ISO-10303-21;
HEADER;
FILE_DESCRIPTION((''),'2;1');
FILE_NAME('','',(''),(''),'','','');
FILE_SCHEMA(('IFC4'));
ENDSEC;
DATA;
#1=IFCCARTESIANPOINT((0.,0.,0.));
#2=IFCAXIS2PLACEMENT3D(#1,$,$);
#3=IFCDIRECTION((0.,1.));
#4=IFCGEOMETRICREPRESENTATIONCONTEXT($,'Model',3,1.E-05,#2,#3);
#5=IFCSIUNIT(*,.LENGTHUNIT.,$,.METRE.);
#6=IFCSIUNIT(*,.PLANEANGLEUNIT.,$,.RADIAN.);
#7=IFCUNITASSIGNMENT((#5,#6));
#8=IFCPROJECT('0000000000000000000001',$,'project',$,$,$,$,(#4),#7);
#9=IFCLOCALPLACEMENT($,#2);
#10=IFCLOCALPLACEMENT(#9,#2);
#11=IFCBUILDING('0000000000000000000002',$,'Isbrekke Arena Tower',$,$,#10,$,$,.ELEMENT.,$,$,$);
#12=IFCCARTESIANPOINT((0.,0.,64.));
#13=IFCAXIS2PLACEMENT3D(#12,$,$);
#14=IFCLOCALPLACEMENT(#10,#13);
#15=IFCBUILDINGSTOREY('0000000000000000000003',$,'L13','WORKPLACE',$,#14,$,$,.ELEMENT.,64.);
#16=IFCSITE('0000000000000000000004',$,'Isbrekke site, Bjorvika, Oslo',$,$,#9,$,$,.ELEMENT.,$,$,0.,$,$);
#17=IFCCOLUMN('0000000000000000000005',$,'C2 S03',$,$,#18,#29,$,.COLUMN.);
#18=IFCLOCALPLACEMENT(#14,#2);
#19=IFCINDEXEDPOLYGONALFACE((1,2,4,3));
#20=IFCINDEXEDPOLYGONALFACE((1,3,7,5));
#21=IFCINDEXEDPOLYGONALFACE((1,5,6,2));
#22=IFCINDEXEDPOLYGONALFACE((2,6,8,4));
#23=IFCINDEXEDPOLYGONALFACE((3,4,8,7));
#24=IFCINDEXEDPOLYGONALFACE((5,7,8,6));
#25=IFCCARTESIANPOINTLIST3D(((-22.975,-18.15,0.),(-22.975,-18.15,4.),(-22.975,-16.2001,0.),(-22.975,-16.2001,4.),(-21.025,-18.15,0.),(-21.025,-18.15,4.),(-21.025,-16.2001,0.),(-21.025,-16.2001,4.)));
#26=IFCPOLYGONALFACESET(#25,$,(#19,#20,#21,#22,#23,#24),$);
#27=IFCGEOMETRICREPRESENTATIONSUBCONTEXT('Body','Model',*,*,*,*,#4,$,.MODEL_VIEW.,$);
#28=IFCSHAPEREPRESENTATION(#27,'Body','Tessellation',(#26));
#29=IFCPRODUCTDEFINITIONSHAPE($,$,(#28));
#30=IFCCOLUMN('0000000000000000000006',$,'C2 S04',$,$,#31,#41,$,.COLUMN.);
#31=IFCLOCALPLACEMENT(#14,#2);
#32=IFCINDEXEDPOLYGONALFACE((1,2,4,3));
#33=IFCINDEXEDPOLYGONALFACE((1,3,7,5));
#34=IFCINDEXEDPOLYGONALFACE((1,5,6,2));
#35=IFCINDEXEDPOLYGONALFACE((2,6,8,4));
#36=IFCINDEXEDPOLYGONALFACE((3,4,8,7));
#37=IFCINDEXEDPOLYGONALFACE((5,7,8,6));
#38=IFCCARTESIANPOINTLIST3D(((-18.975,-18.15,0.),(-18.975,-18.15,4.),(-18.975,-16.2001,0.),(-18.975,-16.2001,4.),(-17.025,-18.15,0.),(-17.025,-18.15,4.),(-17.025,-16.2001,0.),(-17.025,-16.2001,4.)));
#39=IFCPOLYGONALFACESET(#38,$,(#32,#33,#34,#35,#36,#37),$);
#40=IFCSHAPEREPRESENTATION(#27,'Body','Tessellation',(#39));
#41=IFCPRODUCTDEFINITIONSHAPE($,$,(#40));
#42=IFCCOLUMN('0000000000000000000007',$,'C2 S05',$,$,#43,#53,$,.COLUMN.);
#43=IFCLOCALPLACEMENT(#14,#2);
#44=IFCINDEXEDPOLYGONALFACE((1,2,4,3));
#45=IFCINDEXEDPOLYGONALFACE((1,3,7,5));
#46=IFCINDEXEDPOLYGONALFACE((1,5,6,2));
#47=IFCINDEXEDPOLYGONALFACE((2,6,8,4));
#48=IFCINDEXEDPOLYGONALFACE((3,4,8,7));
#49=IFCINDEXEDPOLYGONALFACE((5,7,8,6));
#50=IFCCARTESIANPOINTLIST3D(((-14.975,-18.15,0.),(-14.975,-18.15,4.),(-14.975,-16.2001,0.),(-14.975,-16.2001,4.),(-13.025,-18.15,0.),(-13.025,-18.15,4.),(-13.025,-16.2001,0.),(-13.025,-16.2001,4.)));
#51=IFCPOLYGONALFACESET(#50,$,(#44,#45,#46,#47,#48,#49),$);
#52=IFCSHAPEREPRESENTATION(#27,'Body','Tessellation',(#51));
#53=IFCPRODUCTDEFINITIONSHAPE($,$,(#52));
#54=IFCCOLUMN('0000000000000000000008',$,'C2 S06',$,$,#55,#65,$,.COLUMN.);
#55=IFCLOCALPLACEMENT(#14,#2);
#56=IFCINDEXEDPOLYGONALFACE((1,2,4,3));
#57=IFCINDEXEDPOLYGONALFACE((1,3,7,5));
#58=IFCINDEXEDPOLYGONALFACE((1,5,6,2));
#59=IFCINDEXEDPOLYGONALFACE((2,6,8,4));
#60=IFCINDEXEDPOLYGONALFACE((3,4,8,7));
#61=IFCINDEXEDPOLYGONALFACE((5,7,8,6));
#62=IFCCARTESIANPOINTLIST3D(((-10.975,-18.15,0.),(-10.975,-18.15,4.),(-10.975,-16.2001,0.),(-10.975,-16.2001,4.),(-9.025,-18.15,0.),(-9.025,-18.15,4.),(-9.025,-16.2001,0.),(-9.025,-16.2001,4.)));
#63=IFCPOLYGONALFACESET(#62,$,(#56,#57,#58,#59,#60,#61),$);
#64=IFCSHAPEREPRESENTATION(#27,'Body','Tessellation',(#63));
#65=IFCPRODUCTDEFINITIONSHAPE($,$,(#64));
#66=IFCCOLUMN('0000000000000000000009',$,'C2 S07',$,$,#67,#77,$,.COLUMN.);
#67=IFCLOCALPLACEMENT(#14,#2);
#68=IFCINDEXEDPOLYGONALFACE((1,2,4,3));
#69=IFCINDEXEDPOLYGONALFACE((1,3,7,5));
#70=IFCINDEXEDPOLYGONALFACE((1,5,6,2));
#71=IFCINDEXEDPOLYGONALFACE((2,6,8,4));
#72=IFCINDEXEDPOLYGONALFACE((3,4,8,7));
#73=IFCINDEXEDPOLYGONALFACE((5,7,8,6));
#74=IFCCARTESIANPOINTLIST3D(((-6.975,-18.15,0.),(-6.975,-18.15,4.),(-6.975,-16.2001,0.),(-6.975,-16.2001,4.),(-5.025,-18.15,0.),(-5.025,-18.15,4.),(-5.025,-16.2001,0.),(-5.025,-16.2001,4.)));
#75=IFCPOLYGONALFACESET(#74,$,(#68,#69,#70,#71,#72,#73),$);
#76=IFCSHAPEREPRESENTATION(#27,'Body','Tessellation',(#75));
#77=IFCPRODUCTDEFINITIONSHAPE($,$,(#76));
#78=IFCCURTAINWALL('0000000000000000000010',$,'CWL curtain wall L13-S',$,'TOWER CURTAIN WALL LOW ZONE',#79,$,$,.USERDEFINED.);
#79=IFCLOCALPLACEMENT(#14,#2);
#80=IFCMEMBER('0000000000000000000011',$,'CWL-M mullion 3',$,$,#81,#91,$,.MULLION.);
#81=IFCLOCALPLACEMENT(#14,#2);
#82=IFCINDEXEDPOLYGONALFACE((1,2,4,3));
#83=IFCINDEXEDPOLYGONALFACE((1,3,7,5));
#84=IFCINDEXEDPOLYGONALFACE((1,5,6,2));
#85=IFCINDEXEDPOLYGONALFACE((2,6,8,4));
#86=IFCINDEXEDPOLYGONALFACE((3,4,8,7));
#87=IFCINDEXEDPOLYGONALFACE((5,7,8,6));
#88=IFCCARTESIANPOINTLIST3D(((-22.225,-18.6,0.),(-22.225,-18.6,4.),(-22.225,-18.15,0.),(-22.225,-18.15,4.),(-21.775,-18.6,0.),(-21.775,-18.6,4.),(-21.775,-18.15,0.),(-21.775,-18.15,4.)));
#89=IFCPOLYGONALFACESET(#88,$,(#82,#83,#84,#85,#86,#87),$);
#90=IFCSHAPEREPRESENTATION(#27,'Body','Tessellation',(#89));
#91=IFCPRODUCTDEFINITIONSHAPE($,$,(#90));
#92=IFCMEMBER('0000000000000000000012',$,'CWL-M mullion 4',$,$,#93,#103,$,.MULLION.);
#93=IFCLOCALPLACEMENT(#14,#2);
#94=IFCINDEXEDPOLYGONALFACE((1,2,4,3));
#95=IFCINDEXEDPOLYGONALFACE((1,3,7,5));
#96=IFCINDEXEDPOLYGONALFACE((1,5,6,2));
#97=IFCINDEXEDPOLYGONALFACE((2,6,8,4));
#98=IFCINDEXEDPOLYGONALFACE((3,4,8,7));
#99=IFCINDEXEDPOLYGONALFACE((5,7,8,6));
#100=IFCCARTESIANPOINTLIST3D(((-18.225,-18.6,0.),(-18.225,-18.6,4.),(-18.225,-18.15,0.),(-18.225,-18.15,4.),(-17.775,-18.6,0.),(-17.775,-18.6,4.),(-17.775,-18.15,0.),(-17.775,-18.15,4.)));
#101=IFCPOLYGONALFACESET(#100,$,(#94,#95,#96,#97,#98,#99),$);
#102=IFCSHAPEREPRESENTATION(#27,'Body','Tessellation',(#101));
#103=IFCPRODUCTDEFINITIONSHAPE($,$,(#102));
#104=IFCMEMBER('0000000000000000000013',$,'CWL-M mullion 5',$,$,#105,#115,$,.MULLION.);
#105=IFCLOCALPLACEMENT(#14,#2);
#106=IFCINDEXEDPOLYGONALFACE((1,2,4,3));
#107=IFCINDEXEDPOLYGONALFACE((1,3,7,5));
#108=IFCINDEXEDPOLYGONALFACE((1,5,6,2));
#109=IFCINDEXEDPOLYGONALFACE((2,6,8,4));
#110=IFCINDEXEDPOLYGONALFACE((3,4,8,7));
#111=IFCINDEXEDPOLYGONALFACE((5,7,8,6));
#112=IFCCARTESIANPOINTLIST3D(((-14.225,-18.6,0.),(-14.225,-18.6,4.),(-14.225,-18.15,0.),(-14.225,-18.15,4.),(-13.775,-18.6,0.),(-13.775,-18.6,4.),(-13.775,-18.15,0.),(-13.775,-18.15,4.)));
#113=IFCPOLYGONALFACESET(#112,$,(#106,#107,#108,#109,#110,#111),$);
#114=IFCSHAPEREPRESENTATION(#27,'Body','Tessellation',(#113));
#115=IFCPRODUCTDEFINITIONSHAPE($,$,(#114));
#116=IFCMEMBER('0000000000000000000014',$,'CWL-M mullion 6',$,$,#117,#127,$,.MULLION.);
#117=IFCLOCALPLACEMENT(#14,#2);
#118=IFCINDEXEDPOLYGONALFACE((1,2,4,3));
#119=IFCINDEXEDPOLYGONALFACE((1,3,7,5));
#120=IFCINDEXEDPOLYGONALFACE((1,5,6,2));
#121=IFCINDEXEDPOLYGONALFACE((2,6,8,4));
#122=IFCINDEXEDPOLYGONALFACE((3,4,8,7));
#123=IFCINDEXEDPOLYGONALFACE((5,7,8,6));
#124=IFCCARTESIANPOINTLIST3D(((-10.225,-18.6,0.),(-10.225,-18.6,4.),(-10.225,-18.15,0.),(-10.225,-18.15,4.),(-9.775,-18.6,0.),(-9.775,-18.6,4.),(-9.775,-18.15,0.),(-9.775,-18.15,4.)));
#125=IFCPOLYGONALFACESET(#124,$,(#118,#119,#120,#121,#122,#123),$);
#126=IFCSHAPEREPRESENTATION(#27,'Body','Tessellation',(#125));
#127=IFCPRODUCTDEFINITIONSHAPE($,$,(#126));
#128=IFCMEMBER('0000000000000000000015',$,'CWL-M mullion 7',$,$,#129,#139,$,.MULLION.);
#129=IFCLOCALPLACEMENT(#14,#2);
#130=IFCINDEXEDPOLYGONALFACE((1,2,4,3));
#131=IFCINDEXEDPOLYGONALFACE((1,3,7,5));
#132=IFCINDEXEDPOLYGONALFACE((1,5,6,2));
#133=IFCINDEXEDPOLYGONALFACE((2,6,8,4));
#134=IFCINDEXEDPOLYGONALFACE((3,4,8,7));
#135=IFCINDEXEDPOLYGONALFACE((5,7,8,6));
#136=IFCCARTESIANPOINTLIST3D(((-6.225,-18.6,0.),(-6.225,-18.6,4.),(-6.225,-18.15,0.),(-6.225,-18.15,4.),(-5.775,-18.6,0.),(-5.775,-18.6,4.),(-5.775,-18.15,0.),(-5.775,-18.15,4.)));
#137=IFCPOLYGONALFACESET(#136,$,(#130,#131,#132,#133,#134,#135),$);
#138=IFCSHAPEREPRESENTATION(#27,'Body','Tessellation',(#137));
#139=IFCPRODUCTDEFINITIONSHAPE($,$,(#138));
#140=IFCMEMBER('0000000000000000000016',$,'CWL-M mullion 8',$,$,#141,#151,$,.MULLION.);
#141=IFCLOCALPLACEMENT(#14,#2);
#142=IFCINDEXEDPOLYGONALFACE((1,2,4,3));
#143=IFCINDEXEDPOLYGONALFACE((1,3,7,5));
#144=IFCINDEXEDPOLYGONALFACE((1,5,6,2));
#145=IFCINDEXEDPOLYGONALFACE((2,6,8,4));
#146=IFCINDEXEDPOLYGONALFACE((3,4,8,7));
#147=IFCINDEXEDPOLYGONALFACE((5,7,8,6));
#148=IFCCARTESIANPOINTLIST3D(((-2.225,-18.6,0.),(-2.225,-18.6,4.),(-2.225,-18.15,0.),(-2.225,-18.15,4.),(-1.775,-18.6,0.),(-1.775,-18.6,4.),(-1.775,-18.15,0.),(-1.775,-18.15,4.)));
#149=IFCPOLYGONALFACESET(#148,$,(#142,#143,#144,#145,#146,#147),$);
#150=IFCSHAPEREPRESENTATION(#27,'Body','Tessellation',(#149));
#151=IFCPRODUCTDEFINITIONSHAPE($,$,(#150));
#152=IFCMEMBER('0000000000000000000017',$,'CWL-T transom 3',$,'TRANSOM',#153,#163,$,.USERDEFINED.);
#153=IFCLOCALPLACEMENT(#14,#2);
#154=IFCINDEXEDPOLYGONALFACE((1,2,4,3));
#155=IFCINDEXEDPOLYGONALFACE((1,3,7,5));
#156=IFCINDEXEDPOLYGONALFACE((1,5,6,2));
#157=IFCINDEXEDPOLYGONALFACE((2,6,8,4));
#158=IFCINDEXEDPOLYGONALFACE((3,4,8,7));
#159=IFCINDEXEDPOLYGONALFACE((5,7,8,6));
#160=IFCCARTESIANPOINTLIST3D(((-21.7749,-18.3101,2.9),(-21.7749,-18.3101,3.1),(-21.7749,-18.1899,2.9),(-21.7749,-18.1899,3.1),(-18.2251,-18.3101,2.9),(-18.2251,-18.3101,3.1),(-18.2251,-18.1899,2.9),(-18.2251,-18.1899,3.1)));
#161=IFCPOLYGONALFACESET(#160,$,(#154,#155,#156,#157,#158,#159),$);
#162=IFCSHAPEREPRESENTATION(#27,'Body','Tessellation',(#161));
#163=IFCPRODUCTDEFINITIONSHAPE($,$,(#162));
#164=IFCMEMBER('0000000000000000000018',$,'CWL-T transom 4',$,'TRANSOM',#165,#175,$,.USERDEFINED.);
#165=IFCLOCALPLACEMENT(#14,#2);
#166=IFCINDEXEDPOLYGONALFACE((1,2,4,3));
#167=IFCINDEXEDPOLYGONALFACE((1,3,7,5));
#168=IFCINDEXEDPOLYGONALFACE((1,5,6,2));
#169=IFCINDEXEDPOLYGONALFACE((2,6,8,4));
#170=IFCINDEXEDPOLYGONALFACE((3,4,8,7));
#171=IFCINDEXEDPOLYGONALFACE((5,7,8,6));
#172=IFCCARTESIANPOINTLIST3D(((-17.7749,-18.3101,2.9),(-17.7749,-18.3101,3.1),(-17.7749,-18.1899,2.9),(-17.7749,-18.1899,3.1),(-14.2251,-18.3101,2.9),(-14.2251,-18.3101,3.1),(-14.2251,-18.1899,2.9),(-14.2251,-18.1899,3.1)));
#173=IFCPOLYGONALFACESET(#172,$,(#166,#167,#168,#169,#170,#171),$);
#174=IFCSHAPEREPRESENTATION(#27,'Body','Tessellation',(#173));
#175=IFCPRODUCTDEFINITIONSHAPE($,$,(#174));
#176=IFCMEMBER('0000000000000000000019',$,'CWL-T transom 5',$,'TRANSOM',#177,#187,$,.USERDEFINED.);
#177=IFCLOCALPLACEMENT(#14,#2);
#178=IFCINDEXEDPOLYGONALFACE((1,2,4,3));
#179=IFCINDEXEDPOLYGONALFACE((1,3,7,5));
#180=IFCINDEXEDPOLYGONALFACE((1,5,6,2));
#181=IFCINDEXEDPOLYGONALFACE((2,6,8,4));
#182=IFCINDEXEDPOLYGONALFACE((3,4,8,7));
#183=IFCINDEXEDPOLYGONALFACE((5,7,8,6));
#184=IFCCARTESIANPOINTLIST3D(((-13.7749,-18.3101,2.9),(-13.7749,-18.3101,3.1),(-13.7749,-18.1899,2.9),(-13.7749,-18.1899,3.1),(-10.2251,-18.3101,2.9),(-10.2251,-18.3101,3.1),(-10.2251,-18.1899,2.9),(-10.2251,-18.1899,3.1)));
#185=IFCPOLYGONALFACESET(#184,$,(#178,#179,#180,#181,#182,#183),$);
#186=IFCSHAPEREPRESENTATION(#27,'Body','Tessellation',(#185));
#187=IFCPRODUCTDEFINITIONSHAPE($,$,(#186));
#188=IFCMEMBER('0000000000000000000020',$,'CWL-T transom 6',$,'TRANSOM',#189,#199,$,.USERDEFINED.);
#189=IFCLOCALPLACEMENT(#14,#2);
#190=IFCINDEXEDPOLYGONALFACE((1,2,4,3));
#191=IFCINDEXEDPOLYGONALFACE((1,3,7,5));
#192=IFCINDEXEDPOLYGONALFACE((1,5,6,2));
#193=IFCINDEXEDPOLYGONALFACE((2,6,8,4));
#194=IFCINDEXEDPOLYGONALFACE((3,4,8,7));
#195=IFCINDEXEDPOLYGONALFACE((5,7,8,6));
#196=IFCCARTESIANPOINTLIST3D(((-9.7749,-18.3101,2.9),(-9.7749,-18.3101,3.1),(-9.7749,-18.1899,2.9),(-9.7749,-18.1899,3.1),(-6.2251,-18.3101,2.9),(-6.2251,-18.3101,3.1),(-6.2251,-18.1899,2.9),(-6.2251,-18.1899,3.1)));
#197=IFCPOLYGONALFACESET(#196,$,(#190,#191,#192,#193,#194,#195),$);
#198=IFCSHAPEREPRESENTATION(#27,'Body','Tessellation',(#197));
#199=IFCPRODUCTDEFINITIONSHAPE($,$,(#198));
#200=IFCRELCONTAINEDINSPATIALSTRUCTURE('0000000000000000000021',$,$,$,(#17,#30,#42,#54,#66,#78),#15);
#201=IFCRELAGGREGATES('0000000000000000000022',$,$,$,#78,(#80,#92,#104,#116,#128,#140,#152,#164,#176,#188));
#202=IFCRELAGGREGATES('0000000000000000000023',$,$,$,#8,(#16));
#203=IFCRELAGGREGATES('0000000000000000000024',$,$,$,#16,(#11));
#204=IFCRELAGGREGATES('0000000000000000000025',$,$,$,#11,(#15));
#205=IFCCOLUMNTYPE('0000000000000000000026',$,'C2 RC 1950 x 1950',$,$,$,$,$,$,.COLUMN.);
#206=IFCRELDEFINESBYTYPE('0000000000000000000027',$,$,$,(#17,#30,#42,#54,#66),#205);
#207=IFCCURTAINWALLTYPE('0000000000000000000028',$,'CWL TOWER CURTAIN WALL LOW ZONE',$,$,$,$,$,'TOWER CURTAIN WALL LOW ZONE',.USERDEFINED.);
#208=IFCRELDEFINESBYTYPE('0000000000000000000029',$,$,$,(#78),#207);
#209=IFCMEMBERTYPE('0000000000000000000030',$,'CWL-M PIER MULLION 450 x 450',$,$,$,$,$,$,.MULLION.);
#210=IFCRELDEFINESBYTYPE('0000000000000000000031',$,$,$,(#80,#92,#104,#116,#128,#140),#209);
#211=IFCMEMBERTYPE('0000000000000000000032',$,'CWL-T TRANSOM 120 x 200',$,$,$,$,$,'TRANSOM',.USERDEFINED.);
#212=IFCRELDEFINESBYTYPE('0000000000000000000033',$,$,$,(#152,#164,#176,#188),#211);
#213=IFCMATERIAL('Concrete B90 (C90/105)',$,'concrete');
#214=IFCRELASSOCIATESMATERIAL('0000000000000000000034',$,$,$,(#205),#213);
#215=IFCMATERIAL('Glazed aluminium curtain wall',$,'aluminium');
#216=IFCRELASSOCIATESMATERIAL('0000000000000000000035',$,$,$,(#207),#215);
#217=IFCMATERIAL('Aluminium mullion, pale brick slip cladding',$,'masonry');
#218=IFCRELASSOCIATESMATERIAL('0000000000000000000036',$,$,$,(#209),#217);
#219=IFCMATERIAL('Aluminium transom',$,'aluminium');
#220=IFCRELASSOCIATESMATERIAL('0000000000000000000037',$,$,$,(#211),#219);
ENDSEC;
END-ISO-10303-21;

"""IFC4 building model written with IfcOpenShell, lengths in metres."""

from ifc_helpers import new_model, si_unit, direction, frame, origin, origin_2d, place, context, subcontext, project, spatial, rectangle, extrude, material, material_profile, profile_set, type_object, element, aggregate, save


model = new_model("IFC4")

# Units and contexts
model_context = context("Model", 3, precision=1e-05, world=origin(), true_north=direction((0.0, 1.0)))
body_context = subcontext(model_context, "Body", "Model", "MODEL_VIEW")
ifc_project = project(units=[si_unit("LENGTHUNIT", "METRE"), si_unit("PLANEANGLEUNIT", "RADIAN")], contexts=[model_context])

# Site, building, storey
site_placement = place(None, origin())
site = spatial("IfcSite", under=ifc_project, at=site_placement, Name="Isbrekke site, Bjorvika, Oslo", CompositionType="ELEMENT", RefElevation=0.0)
building_placement = place(site_placement, origin())
building = spatial("IfcBuilding", under=site, at=building_placement, Name="Isbrekke Arena Tower", CompositionType="ELEMENT")
storey_placement = place(building_placement, frame((0.0, 0.0, 64.0)))
storey = spatial("IfcBuildingStorey", under=building, at=storey_placement, Name="L13", Description="WORKPLACE", CompositionType="ELEMENT", Elevation=64.0)

# Columns
ifc_material_1 = material(Name="Concrete B90 (C90/105)", Category="concrete")
ifc_material_profile_1 = material_profile(ifc_material_1, rectangle(XDim=1.95, YDim=1.95, at=origin_2d()), Name="RC 1950x1950")
ifc_profile_set_1 = profile_set([ifc_material_profile_1], Name="Concrete B90 (C90/105)")
column_type = type_object("IfcColumnType", Name="C2 RC 1950 x 1950", PredefinedType="COLUMN", material=ifc_profile_set_1)
for number, where, z_axis, x_axis, name in (
    (1, (-22.0, -17.175, 0.0), (0.0, 0.0, 1.0), (1.0, 0.0, 0.0), "C2 S03"),
    (2, (-18.0, -17.175, 0.0), (0.0, 0.0, 1.0), (1.0, 0.0, 0.0), "C2 S04"),
    (3, (-14.0, -17.175, 0.0), (0.0, 0.0, 1.0), (1.0, 0.0, 0.0), "C2 S05"),
    (4, (-10.0, -17.175, 0.0), (0.0, 0.0, 1.0), (1.0, 0.0, 0.0), "C2 S06"),
    (5, (-6.0, -17.175, 0.0), (0.0, 0.0, 1.0), (1.0, 0.0, 0.0), "C2 S07"),
):
    element("IfcColumn", number, at=place(storey_placement, frame(where, z_axis=z_axis, x_axis=x_axis)), inside=storey, type_object=column_type, Name=name, PredefinedType="COLUMN", context=body_context, shape_type="SweptSolid", body=[
        extrude(rectangle(XDim=1.95, YDim=1.95, at=origin_2d()), origin(), (0.0, 0.0, 1.0), 4.0),
    ])

# Curtain wall, members
ifc_material_2 = material(Name="Glazed aluminium curtain wall", Category="aluminium")
curtain_wall_type = type_object("IfcCurtainWallType", Name="CWL TOWER CURTAIN WALL LOW ZONE", ElementType="TOWER CURTAIN WALL LOW ZONE", PredefinedType="USERDEFINED", material=ifc_material_2)
curtain_wall_placement = place(storey_placement, origin())
curtain_wall = element("IfcCurtainWall", 6, at=curtain_wall_placement, inside=storey, type_object=curtain_wall_type, Name="CWL curtain wall L13-S", ObjectType="TOWER CURTAIN WALL LOW ZONE", PredefinedType="USERDEFINED")
ifc_material_3 = material(Name="Aluminium mullion, pale brick slip cladding", Category="masonry")
ifc_material_profile_2 = material_profile(ifc_material_3, rectangle(XDim=0.45, YDim=0.45, at=origin_2d()), Name="PIER 450X450")
ifc_profile_set_2 = profile_set([ifc_material_profile_2], Name="Aluminium mullion, pale brick slip cladding")
member_type_1 = type_object("IfcMemberType", Name="CWL-M PIER MULLION 450 x 450", PredefinedType="MULLION", material=ifc_profile_set_2)
member_1_placement = place(storey_placement, frame((-22.0, -18.375, 0.0), z_axis=(0.0, 0.0, 1.0), x_axis=(1.0, 0.0, 0.0)))
member_1 = element("IfcMember", 7, at=member_1_placement, type_object=member_type_1, Name="CWL-M mullion 3", PredefinedType="MULLION", context=body_context, shape_type="SweptSolid", body=[
    extrude(rectangle(XDim=0.45, YDim=0.45, at=origin_2d()), origin(), (0.0, 0.0, 1.0), 4.0),
])
member_2_placement = place(storey_placement, frame((-18.0, -18.375, 0.0), z_axis=(0.0, 0.0, 1.0), x_axis=(1.0, 0.0, 0.0)))
member_2 = element("IfcMember", 8, at=member_2_placement, type_object=member_type_1, Name="CWL-M mullion 4", PredefinedType="MULLION", context=body_context, shape_type="SweptSolid", body=[
    extrude(rectangle(XDim=0.45, YDim=0.45, at=origin_2d()), origin(), (0.0, 0.0, 1.0), 4.0),
])
member_3_placement = place(storey_placement, frame((-14.0, -18.375, 0.0), z_axis=(0.0, 0.0, 1.0), x_axis=(1.0, 0.0, 0.0)))
member_3 = element("IfcMember", 9, at=member_3_placement, type_object=member_type_1, Name="CWL-M mullion 5", PredefinedType="MULLION", context=body_context, shape_type="SweptSolid", body=[
    extrude(rectangle(XDim=0.45, YDim=0.45, at=origin_2d()), origin(), (0.0, 0.0, 1.0), 4.0),
])
member_4_placement = place(storey_placement, frame((-10.0, -18.375, 0.0), z_axis=(0.0, 0.0, 1.0), x_axis=(1.0, 0.0, 0.0)))
member_4 = element("IfcMember", 10, at=member_4_placement, type_object=member_type_1, Name="CWL-M mullion 6", PredefinedType="MULLION", context=body_context, shape_type="SweptSolid", body=[
    extrude(rectangle(XDim=0.45, YDim=0.45, at=origin_2d()), origin(), (0.0, 0.0, 1.0), 4.0),
])
member_5_placement = place(storey_placement, frame((-6.0, -18.375, 0.0), z_axis=(0.0, 0.0, 1.0), x_axis=(1.0, 0.0, 0.0)))
member_5 = element("IfcMember", 11, at=member_5_placement, type_object=member_type_1, Name="CWL-M mullion 7", PredefinedType="MULLION", context=body_context, shape_type="SweptSolid", body=[
    extrude(rectangle(XDim=0.45, YDim=0.45, at=origin_2d()), origin(), (0.0, 0.0, 1.0), 4.0),
])
member_6_placement = place(storey_placement, frame((-2.0, -18.375, 0.0), z_axis=(0.0, 0.0, 1.0), x_axis=(1.0, 0.0, 0.0)))
member_6 = element("IfcMember", 12, at=member_6_placement, type_object=member_type_1, Name="CWL-M mullion 8", PredefinedType="MULLION", context=body_context, shape_type="SweptSolid", body=[
    extrude(rectangle(XDim=0.45, YDim=0.45, at=origin_2d()), origin(), (0.0, 0.0, 1.0), 4.0),
])
ifc_material_4 = material(Name="Aluminium transom", Category="aluminium")
ifc_material_profile_3 = material_profile(ifc_material_4, rectangle(XDim=0.1201, YDim=0.2, at=origin_2d()), Name="TRANSOM 120X200")
ifc_profile_set_3 = profile_set([ifc_material_profile_3], Name="Aluminium transom")
member_type_2 = type_object("IfcMemberType", Name="CWL-T TRANSOM 120 x 200", ElementType="TRANSOM", PredefinedType="USERDEFINED", material=ifc_profile_set_3)
member_7_placement = place(storey_placement, frame((-21.7749, -18.25, 3.0), z_axis=(1.0, 0.0, 0.0), x_axis=(0.0, 1.0, 0.0)))
member_7 = element("IfcMember", 13, at=member_7_placement, type_object=member_type_2, Name="CWL-T transom 3", ObjectType="TRANSOM", PredefinedType="USERDEFINED", context=body_context, shape_type="SweptSolid", body=[
    extrude(rectangle(XDim=0.1201, YDim=0.2, at=origin_2d()), origin(), (0.0, 0.0, 1.0), 3.5498),
])
member_8_placement = place(storey_placement, frame((-17.7749, -18.25, 3.0), z_axis=(1.0, 0.0, 0.0), x_axis=(0.0, 1.0, 0.0)))
member_8 = element("IfcMember", 14, at=member_8_placement, type_object=member_type_2, Name="CWL-T transom 4", ObjectType="TRANSOM", PredefinedType="USERDEFINED", context=body_context, shape_type="SweptSolid", body=[
    extrude(rectangle(XDim=0.1201, YDim=0.2, at=origin_2d()), origin(), (0.0, 0.0, 1.0), 3.5498),
])
member_9_placement = place(storey_placement, frame((-13.7749, -18.25, 3.0), z_axis=(1.0, 0.0, 0.0), x_axis=(0.0, 1.0, 0.0)))
member_9 = element("IfcMember", 15, at=member_9_placement, type_object=member_type_2, Name="CWL-T transom 5", ObjectType="TRANSOM", PredefinedType="USERDEFINED", context=body_context, shape_type="SweptSolid", body=[
    extrude(rectangle(XDim=0.1201, YDim=0.2, at=origin_2d()), origin(), (0.0, 0.0, 1.0), 3.5498),
])
member_10_placement = place(storey_placement, frame((-9.7749, -18.25, 3.0), z_axis=(1.0, 0.0, 0.0), x_axis=(0.0, 1.0, 0.0)))
member_10 = element("IfcMember", 16, at=member_10_placement, type_object=member_type_2, Name="CWL-T transom 6", ObjectType="TRANSOM", PredefinedType="USERDEFINED", context=body_context, shape_type="SweptSolid", body=[
    extrude(rectangle(XDim=0.1201, YDim=0.2, at=origin_2d()), origin(), (0.0, 0.0, 1.0), 3.5498),
])

aggregate(curtain_wall, [member_1, member_2, member_3, member_4, member_5, member_6, member_7, member_8, member_9, member_10])

save(model, "model.ifc")
